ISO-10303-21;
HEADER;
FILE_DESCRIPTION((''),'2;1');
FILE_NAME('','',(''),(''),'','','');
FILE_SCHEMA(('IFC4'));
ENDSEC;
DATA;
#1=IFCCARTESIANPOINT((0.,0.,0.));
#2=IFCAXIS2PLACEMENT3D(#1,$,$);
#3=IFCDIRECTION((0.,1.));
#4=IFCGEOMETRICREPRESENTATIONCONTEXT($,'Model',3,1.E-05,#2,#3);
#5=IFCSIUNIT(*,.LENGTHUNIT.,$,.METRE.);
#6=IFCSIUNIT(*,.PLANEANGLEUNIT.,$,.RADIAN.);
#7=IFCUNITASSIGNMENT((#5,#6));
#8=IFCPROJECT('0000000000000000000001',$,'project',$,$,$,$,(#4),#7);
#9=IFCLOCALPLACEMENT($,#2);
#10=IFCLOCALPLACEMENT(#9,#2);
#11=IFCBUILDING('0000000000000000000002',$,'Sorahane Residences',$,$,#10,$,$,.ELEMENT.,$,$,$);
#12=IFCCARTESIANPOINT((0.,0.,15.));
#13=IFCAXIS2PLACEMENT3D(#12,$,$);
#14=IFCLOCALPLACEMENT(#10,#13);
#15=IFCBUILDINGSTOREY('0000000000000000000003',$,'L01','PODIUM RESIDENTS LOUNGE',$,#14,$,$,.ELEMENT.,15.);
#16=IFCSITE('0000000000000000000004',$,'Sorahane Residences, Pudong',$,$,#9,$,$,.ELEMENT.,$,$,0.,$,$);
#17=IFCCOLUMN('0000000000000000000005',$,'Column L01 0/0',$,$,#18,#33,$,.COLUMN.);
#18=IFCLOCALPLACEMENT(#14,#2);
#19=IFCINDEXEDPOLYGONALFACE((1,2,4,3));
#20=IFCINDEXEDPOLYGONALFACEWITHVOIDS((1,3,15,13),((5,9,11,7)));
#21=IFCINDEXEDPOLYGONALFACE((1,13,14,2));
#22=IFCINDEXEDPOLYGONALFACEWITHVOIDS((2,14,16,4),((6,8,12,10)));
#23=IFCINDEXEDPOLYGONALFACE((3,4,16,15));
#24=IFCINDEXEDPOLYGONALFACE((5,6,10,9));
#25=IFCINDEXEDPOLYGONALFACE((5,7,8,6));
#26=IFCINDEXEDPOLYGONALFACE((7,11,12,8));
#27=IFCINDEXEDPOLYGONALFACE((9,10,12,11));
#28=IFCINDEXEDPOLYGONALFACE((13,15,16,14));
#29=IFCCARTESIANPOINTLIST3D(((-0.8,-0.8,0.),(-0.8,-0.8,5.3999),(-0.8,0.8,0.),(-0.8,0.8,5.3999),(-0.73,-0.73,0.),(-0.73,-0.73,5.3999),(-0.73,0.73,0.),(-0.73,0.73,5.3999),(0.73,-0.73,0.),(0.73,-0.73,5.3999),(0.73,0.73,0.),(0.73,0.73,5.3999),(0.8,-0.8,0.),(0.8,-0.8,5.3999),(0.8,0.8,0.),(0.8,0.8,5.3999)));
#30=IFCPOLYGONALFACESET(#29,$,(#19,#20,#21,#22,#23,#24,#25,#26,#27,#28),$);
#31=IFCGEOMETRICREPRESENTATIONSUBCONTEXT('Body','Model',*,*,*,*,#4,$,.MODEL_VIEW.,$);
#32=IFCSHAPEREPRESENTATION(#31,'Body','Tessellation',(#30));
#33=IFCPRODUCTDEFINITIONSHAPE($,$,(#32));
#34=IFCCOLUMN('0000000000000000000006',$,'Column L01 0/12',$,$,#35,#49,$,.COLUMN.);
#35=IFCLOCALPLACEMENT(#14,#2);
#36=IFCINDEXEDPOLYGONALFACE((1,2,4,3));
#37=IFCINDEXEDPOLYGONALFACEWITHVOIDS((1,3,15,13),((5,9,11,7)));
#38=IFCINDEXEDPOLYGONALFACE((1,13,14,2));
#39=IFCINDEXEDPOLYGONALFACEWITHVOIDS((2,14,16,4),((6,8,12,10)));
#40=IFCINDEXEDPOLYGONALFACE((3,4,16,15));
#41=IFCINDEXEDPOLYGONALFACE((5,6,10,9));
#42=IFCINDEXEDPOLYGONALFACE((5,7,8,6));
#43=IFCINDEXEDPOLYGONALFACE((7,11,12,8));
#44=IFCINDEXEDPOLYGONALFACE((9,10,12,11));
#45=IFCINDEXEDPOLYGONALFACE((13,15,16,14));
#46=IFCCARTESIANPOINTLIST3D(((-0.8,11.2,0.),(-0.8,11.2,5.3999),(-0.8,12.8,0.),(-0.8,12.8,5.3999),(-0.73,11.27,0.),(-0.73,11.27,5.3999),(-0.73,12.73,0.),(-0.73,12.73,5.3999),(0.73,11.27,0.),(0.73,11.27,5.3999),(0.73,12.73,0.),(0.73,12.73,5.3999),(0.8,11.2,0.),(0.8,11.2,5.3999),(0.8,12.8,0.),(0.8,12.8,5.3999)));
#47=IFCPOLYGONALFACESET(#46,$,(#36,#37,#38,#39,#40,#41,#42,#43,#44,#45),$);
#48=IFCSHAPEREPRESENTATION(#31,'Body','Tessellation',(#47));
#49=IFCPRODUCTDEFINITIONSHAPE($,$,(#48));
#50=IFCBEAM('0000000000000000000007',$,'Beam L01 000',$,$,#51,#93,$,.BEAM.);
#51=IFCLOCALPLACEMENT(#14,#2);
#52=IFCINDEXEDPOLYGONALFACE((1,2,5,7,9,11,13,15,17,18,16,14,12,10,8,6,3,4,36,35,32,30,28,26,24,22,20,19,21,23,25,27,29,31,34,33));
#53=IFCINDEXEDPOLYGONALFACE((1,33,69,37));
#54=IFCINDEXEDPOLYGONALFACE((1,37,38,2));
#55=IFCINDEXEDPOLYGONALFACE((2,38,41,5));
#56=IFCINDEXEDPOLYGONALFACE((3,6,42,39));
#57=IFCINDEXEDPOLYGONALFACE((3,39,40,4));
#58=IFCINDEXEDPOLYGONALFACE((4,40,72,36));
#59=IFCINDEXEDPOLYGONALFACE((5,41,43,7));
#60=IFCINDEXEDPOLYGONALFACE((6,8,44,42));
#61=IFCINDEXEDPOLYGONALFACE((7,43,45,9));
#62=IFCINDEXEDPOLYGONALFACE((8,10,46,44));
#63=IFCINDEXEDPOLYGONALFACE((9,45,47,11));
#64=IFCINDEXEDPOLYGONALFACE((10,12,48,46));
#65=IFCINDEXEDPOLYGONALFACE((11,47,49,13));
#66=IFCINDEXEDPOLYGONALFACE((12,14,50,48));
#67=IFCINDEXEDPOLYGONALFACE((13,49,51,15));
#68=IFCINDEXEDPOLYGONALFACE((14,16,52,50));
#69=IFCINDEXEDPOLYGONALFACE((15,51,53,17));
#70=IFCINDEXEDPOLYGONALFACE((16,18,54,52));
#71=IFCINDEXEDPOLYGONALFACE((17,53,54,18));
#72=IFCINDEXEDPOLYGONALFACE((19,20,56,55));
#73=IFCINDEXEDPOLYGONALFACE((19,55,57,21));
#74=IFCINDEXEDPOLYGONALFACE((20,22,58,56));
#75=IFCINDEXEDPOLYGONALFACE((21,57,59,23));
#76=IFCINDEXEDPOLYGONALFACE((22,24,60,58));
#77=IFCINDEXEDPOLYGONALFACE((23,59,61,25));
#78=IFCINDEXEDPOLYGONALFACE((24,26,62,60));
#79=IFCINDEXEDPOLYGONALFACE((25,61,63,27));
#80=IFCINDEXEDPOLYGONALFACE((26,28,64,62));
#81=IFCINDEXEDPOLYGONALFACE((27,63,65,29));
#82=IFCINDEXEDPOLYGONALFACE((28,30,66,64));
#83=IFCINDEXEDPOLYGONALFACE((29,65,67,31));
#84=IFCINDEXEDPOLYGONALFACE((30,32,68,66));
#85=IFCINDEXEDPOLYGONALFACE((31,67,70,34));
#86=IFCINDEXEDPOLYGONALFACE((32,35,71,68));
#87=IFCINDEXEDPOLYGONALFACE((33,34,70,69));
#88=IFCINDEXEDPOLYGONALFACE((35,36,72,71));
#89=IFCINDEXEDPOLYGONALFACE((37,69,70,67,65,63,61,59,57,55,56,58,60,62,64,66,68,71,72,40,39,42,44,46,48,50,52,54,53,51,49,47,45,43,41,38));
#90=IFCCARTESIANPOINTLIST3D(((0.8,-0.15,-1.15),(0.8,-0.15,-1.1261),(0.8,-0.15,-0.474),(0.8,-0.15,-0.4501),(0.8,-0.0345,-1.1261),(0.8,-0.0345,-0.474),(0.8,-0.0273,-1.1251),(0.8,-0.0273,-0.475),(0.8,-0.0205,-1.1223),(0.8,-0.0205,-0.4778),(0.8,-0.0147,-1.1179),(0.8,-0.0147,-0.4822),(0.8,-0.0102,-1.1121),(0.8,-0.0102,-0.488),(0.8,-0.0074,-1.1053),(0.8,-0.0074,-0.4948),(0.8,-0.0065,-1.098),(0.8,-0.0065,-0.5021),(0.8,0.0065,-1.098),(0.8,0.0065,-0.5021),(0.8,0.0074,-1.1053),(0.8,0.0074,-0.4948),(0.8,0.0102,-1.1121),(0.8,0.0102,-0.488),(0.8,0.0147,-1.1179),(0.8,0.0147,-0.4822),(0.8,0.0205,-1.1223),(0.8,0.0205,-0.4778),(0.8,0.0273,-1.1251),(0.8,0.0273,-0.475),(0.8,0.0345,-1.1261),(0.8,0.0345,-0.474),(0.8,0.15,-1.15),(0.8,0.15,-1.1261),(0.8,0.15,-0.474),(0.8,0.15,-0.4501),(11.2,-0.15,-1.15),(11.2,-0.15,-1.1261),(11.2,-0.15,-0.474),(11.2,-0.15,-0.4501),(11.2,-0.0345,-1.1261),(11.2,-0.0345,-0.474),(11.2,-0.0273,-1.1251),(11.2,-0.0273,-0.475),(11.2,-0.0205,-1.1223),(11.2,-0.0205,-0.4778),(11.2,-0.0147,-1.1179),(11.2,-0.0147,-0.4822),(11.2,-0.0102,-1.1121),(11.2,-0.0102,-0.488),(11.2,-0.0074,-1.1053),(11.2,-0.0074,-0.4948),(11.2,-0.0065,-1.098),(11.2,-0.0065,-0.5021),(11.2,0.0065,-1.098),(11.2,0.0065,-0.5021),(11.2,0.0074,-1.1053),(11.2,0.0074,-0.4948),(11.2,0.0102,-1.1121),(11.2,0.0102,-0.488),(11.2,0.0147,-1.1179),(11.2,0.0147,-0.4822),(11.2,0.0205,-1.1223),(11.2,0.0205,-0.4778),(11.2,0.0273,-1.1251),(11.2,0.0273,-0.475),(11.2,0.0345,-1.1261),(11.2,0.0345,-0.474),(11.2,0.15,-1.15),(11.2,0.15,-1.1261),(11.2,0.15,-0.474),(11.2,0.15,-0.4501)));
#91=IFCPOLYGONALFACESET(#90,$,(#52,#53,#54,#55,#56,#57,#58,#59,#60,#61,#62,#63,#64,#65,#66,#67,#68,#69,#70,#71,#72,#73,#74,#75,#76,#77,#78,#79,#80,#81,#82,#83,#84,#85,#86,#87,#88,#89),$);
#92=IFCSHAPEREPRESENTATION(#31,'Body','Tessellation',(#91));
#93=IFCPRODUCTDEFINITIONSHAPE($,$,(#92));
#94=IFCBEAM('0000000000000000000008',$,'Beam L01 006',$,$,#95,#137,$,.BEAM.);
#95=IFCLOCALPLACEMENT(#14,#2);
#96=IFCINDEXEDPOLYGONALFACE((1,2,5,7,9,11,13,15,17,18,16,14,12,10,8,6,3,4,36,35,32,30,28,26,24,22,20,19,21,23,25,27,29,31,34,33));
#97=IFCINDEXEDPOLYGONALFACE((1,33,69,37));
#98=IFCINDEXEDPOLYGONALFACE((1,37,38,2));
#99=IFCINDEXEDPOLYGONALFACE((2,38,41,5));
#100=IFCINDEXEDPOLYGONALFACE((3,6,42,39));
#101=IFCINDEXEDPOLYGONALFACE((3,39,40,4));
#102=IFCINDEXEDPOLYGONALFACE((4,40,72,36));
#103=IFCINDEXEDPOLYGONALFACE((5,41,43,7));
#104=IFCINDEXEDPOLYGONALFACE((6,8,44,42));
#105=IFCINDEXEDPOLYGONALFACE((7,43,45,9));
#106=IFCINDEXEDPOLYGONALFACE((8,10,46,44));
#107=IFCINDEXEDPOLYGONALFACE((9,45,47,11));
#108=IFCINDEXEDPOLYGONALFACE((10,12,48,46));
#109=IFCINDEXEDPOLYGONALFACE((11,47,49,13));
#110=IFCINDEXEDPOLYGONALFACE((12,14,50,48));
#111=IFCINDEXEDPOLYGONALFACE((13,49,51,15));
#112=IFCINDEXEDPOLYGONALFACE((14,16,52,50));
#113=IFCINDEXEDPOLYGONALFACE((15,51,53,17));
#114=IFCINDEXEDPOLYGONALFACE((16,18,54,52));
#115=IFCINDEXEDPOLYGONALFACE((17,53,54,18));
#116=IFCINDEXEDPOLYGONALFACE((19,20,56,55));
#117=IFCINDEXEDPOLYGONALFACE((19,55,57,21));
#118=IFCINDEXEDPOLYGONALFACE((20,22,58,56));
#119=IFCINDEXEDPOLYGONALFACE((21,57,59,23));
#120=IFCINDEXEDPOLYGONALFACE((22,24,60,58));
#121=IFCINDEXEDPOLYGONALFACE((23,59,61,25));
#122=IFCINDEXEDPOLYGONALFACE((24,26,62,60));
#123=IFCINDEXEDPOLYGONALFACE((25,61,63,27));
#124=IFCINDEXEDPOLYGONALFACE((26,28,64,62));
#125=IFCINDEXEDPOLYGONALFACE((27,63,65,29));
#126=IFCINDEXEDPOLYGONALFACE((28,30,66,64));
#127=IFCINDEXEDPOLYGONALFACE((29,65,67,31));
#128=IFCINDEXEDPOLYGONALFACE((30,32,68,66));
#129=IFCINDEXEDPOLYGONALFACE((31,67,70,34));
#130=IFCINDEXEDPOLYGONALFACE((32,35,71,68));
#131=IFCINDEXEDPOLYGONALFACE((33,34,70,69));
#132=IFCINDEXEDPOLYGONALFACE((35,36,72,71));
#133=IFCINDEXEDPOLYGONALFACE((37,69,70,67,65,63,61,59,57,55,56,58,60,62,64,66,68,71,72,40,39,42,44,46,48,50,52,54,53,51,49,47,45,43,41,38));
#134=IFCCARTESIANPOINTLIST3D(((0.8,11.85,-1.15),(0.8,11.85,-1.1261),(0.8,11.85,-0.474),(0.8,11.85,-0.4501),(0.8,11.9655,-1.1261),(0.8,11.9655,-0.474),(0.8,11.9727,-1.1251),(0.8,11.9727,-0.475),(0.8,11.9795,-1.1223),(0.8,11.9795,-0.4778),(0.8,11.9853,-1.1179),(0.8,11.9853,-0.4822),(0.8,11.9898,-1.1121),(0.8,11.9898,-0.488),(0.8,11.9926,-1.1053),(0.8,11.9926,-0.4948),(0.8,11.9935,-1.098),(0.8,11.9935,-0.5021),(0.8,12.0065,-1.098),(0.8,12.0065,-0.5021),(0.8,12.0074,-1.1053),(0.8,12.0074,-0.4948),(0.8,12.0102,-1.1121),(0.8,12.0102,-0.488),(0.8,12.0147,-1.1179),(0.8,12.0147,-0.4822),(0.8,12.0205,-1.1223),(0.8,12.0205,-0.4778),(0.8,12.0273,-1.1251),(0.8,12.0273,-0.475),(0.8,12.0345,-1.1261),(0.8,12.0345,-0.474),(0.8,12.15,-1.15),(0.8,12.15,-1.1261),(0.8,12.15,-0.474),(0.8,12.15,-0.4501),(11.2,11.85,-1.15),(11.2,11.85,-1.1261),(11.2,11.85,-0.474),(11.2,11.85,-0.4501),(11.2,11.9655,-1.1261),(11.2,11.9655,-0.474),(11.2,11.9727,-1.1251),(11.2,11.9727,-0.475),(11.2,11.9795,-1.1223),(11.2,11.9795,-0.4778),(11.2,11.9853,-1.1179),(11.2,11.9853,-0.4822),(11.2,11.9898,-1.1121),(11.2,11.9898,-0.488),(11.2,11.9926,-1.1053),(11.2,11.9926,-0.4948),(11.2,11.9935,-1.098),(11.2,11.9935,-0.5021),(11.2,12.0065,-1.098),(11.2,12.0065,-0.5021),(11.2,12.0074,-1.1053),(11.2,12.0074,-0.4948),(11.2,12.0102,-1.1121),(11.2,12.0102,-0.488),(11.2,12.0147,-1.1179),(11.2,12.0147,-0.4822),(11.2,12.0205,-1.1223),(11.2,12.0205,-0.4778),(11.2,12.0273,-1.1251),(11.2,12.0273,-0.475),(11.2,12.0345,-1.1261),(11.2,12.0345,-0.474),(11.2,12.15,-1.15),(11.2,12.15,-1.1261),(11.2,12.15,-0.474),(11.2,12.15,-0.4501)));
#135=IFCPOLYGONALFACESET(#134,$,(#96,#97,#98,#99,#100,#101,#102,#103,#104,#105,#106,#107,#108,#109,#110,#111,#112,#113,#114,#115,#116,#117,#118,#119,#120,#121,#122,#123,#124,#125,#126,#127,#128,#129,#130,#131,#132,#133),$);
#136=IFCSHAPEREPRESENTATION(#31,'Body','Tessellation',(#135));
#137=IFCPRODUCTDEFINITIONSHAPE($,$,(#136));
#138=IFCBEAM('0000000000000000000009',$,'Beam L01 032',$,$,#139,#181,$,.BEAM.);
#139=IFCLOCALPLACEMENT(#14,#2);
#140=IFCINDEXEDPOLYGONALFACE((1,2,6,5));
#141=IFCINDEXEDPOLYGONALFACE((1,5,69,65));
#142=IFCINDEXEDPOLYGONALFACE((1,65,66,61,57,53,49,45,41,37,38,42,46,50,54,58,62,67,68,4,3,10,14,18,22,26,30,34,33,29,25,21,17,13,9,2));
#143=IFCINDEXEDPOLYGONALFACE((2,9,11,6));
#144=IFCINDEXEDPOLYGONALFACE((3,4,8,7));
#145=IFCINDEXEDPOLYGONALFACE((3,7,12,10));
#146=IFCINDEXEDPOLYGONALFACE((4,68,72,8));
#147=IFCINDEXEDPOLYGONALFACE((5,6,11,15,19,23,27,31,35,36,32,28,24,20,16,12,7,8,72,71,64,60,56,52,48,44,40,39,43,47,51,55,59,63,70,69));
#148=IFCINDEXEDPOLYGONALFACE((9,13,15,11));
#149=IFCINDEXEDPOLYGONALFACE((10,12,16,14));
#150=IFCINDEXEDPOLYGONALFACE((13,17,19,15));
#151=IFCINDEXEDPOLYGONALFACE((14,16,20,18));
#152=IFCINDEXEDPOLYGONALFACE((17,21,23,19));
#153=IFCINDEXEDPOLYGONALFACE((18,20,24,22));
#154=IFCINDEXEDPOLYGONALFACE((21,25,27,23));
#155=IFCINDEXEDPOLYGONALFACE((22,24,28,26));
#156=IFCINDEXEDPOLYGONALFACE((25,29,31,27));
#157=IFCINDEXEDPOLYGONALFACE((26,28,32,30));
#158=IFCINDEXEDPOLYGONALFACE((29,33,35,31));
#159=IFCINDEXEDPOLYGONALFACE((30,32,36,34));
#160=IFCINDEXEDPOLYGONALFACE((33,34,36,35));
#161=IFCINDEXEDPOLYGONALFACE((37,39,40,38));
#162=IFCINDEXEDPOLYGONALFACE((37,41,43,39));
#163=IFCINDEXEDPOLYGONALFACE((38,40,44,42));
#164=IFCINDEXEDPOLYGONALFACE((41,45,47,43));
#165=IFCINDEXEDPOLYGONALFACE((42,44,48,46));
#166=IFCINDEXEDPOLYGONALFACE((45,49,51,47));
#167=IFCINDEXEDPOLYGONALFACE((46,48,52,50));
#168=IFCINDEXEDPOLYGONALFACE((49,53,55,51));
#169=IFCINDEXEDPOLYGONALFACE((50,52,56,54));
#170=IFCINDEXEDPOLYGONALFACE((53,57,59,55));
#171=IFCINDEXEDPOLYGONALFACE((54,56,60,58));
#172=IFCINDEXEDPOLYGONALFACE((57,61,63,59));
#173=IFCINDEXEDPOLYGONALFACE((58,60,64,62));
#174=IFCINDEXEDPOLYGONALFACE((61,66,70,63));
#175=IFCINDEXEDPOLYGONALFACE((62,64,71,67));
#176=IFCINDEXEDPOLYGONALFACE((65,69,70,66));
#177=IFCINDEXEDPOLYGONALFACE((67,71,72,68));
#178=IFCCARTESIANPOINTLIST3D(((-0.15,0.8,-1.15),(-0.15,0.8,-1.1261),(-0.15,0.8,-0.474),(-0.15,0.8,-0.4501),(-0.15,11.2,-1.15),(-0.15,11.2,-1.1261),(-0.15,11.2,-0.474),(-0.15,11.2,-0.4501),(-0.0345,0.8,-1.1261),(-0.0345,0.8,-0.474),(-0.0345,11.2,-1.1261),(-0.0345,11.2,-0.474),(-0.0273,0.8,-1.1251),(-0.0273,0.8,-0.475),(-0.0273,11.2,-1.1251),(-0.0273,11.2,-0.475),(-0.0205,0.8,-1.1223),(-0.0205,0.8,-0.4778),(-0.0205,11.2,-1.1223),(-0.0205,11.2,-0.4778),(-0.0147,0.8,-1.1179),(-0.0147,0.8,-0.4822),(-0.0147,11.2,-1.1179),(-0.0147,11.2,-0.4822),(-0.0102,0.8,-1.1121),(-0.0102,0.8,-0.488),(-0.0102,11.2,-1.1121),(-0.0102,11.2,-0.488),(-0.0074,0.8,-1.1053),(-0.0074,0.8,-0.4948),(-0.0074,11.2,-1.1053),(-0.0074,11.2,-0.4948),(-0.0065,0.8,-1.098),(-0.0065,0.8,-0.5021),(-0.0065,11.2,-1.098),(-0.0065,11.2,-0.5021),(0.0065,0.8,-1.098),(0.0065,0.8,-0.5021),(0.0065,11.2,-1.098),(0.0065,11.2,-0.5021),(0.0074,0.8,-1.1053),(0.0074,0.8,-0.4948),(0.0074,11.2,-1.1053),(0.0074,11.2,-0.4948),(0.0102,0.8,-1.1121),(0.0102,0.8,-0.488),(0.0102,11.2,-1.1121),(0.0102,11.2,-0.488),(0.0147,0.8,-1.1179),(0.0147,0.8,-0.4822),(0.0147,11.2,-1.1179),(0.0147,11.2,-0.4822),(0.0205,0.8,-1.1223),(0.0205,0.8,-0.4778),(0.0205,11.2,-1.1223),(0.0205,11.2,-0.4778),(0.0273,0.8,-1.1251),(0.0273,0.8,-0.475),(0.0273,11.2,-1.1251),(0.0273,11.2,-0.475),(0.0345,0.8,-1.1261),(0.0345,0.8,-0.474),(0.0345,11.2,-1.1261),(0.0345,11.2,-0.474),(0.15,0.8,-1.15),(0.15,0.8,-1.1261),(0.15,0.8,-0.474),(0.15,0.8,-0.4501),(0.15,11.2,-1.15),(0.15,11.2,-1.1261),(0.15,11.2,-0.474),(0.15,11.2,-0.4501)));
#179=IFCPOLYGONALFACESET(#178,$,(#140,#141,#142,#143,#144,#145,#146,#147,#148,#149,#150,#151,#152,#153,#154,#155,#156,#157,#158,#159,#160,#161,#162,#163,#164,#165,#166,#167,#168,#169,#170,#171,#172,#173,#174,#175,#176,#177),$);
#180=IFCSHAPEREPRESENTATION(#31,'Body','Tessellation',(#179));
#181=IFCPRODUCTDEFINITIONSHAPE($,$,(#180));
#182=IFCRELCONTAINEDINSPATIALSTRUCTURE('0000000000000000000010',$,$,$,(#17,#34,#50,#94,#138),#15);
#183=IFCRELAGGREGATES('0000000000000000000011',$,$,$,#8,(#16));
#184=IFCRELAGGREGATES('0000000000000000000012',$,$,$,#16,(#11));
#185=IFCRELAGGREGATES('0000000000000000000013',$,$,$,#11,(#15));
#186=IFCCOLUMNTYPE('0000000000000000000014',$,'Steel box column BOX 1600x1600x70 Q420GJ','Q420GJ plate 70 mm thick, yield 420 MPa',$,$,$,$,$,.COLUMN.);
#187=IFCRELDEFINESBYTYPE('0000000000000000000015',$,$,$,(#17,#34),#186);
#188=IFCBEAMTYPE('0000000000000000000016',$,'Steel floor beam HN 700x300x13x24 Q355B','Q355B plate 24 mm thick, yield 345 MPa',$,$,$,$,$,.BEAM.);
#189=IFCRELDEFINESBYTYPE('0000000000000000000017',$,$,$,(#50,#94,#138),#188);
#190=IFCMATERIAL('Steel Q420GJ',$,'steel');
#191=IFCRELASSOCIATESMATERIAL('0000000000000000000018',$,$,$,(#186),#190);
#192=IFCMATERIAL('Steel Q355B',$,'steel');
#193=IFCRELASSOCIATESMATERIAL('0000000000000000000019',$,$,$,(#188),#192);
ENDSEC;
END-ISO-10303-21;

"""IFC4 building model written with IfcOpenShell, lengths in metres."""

from ifc_helpers import new_model, si_unit, direction, frame, origin, origin_2d, place, context, subcontext, project, spatial, hollow_rectangle, i_section, extrude, material, material_profile, profile_set, type_object, element, save


model = new_model("IFC4")

# Units and contexts
model_context = context("Model", 3, precision=1e-05, world=origin(), true_north=direction((0.0, 1.0)))
body_context = subcontext(model_context, "Body", "Model", "MODEL_VIEW")
ifc_project = project(units=[si_unit("LENGTHUNIT", "METRE"), si_unit("PLANEANGLEUNIT", "RADIAN")], contexts=[model_context])

# Site, building, storey
site_placement = place(None, origin())
site = spatial("IfcSite", under=ifc_project, at=site_placement, Name="Sorahane Residences, Pudong", CompositionType="ELEMENT", RefElevation=0.0)
building_placement = place(site_placement, origin())
building = spatial("IfcBuilding", under=site, at=building_placement, Name="Sorahane Residences", CompositionType="ELEMENT")
storey_placement = place(building_placement, frame((0.0, 0.0, 15.0)))
storey = spatial("IfcBuildingStorey", under=building, at=storey_placement, Name="L01", Description="PODIUM RESIDENTS LOUNGE", CompositionType="ELEMENT", Elevation=15.0)

# Columns
ifc_material_1 = material(Name="Steel Q420GJ", Category="steel")
ifc_material_profile_1 = material_profile(ifc_material_1, hollow_rectangle(XDim=1.6001, YDim=1.6001, WallThickness=0.0701, at=origin_2d()), Name="BOX 1600x1600x70")
ifc_profile_set_1 = profile_set([ifc_material_profile_1], Name="Steel Q420GJ")
column_type = type_object("IfcColumnType", Name="Steel box column BOX 1600x1600x70 Q420GJ", Description="Q420GJ plate 70 mm thick, yield 420 MPa", PredefinedType="COLUMN", material=ifc_profile_set_1)
for number, where, z_axis, x_axis, name in (
    (1, (0.0, 0.0, 0.0), (0.0, 0.0, 1.0), (1.0, 0.0, 0.0), "Column L01 0/0"),
    (2, (0.0, 12.0, 0.0), (0.0, 0.0, 1.0), (1.0, 0.0, 0.0), "Column L01 0/12"),
):
    element("IfcColumn", number, at=place(storey_placement, frame(where, z_axis=z_axis, x_axis=x_axis)), inside=storey, type_object=column_type, Name=name, PredefinedType="COLUMN", context=body_context, shape_type="SweptSolid", body=[
        extrude(hollow_rectangle(XDim=1.6001, YDim=1.6001, WallThickness=0.0701, at=origin_2d()), origin(), (0.0, 0.0, 1.0), 5.3999),
    ])

# Beams
ifc_material_2 = material(Name="Steel Q355B", Category="steel")
ifc_material_profile_2 = material_profile(ifc_material_2, i_section(OverallWidth=0.3, OverallDepth=0.7, WebThickness=0.0129, FlangeThickness=0.0239, FilletRadius=0.0281, at=origin_2d()), Name="HN 700x300x13x24")
ifc_profile_set_2 = profile_set([ifc_material_profile_2], Name="Steel Q355B")
beam_type = type_object("IfcBeamType", Name="Steel floor beam HN 700x300x13x24 Q355B", Description="Q355B plate 24 mm thick, yield 345 MPa", PredefinedType="BEAM", material=ifc_profile_set_2)
for number, where, z_axis, x_axis, name in (
    (3, (0.8, 0.0, -0.8), (1.0, 0.0, 0.0), (0.0, 1.0, 0.0), "Beam L01 000"),
    (4, (0.8, 12.0, -0.8), (1.0, 0.0, 0.0), (0.0, 1.0, 0.0), "Beam L01 006"),
    (5, (0.0, 0.8, -0.8), (0.0, 1.0, 0.0), (-1.0, 0.0, 0.0), "Beam L01 032"),
):
    element("IfcBeam", number, at=place(storey_placement, frame(where, z_axis=z_axis, x_axis=x_axis)), inside=storey, type_object=beam_type, Name=name, PredefinedType="BEAM", context=body_context, shape_type="SweptSolid", body=[
        extrude(i_section(OverallWidth=0.3, OverallDepth=0.7, WebThickness=0.0129, FlangeThickness=0.0239, FilletRadius=0.0281, at=origin_2d()), origin(), (0.0, 0.0, 1.0), 10.3999),
    ])

save(model, "model.ifc")
